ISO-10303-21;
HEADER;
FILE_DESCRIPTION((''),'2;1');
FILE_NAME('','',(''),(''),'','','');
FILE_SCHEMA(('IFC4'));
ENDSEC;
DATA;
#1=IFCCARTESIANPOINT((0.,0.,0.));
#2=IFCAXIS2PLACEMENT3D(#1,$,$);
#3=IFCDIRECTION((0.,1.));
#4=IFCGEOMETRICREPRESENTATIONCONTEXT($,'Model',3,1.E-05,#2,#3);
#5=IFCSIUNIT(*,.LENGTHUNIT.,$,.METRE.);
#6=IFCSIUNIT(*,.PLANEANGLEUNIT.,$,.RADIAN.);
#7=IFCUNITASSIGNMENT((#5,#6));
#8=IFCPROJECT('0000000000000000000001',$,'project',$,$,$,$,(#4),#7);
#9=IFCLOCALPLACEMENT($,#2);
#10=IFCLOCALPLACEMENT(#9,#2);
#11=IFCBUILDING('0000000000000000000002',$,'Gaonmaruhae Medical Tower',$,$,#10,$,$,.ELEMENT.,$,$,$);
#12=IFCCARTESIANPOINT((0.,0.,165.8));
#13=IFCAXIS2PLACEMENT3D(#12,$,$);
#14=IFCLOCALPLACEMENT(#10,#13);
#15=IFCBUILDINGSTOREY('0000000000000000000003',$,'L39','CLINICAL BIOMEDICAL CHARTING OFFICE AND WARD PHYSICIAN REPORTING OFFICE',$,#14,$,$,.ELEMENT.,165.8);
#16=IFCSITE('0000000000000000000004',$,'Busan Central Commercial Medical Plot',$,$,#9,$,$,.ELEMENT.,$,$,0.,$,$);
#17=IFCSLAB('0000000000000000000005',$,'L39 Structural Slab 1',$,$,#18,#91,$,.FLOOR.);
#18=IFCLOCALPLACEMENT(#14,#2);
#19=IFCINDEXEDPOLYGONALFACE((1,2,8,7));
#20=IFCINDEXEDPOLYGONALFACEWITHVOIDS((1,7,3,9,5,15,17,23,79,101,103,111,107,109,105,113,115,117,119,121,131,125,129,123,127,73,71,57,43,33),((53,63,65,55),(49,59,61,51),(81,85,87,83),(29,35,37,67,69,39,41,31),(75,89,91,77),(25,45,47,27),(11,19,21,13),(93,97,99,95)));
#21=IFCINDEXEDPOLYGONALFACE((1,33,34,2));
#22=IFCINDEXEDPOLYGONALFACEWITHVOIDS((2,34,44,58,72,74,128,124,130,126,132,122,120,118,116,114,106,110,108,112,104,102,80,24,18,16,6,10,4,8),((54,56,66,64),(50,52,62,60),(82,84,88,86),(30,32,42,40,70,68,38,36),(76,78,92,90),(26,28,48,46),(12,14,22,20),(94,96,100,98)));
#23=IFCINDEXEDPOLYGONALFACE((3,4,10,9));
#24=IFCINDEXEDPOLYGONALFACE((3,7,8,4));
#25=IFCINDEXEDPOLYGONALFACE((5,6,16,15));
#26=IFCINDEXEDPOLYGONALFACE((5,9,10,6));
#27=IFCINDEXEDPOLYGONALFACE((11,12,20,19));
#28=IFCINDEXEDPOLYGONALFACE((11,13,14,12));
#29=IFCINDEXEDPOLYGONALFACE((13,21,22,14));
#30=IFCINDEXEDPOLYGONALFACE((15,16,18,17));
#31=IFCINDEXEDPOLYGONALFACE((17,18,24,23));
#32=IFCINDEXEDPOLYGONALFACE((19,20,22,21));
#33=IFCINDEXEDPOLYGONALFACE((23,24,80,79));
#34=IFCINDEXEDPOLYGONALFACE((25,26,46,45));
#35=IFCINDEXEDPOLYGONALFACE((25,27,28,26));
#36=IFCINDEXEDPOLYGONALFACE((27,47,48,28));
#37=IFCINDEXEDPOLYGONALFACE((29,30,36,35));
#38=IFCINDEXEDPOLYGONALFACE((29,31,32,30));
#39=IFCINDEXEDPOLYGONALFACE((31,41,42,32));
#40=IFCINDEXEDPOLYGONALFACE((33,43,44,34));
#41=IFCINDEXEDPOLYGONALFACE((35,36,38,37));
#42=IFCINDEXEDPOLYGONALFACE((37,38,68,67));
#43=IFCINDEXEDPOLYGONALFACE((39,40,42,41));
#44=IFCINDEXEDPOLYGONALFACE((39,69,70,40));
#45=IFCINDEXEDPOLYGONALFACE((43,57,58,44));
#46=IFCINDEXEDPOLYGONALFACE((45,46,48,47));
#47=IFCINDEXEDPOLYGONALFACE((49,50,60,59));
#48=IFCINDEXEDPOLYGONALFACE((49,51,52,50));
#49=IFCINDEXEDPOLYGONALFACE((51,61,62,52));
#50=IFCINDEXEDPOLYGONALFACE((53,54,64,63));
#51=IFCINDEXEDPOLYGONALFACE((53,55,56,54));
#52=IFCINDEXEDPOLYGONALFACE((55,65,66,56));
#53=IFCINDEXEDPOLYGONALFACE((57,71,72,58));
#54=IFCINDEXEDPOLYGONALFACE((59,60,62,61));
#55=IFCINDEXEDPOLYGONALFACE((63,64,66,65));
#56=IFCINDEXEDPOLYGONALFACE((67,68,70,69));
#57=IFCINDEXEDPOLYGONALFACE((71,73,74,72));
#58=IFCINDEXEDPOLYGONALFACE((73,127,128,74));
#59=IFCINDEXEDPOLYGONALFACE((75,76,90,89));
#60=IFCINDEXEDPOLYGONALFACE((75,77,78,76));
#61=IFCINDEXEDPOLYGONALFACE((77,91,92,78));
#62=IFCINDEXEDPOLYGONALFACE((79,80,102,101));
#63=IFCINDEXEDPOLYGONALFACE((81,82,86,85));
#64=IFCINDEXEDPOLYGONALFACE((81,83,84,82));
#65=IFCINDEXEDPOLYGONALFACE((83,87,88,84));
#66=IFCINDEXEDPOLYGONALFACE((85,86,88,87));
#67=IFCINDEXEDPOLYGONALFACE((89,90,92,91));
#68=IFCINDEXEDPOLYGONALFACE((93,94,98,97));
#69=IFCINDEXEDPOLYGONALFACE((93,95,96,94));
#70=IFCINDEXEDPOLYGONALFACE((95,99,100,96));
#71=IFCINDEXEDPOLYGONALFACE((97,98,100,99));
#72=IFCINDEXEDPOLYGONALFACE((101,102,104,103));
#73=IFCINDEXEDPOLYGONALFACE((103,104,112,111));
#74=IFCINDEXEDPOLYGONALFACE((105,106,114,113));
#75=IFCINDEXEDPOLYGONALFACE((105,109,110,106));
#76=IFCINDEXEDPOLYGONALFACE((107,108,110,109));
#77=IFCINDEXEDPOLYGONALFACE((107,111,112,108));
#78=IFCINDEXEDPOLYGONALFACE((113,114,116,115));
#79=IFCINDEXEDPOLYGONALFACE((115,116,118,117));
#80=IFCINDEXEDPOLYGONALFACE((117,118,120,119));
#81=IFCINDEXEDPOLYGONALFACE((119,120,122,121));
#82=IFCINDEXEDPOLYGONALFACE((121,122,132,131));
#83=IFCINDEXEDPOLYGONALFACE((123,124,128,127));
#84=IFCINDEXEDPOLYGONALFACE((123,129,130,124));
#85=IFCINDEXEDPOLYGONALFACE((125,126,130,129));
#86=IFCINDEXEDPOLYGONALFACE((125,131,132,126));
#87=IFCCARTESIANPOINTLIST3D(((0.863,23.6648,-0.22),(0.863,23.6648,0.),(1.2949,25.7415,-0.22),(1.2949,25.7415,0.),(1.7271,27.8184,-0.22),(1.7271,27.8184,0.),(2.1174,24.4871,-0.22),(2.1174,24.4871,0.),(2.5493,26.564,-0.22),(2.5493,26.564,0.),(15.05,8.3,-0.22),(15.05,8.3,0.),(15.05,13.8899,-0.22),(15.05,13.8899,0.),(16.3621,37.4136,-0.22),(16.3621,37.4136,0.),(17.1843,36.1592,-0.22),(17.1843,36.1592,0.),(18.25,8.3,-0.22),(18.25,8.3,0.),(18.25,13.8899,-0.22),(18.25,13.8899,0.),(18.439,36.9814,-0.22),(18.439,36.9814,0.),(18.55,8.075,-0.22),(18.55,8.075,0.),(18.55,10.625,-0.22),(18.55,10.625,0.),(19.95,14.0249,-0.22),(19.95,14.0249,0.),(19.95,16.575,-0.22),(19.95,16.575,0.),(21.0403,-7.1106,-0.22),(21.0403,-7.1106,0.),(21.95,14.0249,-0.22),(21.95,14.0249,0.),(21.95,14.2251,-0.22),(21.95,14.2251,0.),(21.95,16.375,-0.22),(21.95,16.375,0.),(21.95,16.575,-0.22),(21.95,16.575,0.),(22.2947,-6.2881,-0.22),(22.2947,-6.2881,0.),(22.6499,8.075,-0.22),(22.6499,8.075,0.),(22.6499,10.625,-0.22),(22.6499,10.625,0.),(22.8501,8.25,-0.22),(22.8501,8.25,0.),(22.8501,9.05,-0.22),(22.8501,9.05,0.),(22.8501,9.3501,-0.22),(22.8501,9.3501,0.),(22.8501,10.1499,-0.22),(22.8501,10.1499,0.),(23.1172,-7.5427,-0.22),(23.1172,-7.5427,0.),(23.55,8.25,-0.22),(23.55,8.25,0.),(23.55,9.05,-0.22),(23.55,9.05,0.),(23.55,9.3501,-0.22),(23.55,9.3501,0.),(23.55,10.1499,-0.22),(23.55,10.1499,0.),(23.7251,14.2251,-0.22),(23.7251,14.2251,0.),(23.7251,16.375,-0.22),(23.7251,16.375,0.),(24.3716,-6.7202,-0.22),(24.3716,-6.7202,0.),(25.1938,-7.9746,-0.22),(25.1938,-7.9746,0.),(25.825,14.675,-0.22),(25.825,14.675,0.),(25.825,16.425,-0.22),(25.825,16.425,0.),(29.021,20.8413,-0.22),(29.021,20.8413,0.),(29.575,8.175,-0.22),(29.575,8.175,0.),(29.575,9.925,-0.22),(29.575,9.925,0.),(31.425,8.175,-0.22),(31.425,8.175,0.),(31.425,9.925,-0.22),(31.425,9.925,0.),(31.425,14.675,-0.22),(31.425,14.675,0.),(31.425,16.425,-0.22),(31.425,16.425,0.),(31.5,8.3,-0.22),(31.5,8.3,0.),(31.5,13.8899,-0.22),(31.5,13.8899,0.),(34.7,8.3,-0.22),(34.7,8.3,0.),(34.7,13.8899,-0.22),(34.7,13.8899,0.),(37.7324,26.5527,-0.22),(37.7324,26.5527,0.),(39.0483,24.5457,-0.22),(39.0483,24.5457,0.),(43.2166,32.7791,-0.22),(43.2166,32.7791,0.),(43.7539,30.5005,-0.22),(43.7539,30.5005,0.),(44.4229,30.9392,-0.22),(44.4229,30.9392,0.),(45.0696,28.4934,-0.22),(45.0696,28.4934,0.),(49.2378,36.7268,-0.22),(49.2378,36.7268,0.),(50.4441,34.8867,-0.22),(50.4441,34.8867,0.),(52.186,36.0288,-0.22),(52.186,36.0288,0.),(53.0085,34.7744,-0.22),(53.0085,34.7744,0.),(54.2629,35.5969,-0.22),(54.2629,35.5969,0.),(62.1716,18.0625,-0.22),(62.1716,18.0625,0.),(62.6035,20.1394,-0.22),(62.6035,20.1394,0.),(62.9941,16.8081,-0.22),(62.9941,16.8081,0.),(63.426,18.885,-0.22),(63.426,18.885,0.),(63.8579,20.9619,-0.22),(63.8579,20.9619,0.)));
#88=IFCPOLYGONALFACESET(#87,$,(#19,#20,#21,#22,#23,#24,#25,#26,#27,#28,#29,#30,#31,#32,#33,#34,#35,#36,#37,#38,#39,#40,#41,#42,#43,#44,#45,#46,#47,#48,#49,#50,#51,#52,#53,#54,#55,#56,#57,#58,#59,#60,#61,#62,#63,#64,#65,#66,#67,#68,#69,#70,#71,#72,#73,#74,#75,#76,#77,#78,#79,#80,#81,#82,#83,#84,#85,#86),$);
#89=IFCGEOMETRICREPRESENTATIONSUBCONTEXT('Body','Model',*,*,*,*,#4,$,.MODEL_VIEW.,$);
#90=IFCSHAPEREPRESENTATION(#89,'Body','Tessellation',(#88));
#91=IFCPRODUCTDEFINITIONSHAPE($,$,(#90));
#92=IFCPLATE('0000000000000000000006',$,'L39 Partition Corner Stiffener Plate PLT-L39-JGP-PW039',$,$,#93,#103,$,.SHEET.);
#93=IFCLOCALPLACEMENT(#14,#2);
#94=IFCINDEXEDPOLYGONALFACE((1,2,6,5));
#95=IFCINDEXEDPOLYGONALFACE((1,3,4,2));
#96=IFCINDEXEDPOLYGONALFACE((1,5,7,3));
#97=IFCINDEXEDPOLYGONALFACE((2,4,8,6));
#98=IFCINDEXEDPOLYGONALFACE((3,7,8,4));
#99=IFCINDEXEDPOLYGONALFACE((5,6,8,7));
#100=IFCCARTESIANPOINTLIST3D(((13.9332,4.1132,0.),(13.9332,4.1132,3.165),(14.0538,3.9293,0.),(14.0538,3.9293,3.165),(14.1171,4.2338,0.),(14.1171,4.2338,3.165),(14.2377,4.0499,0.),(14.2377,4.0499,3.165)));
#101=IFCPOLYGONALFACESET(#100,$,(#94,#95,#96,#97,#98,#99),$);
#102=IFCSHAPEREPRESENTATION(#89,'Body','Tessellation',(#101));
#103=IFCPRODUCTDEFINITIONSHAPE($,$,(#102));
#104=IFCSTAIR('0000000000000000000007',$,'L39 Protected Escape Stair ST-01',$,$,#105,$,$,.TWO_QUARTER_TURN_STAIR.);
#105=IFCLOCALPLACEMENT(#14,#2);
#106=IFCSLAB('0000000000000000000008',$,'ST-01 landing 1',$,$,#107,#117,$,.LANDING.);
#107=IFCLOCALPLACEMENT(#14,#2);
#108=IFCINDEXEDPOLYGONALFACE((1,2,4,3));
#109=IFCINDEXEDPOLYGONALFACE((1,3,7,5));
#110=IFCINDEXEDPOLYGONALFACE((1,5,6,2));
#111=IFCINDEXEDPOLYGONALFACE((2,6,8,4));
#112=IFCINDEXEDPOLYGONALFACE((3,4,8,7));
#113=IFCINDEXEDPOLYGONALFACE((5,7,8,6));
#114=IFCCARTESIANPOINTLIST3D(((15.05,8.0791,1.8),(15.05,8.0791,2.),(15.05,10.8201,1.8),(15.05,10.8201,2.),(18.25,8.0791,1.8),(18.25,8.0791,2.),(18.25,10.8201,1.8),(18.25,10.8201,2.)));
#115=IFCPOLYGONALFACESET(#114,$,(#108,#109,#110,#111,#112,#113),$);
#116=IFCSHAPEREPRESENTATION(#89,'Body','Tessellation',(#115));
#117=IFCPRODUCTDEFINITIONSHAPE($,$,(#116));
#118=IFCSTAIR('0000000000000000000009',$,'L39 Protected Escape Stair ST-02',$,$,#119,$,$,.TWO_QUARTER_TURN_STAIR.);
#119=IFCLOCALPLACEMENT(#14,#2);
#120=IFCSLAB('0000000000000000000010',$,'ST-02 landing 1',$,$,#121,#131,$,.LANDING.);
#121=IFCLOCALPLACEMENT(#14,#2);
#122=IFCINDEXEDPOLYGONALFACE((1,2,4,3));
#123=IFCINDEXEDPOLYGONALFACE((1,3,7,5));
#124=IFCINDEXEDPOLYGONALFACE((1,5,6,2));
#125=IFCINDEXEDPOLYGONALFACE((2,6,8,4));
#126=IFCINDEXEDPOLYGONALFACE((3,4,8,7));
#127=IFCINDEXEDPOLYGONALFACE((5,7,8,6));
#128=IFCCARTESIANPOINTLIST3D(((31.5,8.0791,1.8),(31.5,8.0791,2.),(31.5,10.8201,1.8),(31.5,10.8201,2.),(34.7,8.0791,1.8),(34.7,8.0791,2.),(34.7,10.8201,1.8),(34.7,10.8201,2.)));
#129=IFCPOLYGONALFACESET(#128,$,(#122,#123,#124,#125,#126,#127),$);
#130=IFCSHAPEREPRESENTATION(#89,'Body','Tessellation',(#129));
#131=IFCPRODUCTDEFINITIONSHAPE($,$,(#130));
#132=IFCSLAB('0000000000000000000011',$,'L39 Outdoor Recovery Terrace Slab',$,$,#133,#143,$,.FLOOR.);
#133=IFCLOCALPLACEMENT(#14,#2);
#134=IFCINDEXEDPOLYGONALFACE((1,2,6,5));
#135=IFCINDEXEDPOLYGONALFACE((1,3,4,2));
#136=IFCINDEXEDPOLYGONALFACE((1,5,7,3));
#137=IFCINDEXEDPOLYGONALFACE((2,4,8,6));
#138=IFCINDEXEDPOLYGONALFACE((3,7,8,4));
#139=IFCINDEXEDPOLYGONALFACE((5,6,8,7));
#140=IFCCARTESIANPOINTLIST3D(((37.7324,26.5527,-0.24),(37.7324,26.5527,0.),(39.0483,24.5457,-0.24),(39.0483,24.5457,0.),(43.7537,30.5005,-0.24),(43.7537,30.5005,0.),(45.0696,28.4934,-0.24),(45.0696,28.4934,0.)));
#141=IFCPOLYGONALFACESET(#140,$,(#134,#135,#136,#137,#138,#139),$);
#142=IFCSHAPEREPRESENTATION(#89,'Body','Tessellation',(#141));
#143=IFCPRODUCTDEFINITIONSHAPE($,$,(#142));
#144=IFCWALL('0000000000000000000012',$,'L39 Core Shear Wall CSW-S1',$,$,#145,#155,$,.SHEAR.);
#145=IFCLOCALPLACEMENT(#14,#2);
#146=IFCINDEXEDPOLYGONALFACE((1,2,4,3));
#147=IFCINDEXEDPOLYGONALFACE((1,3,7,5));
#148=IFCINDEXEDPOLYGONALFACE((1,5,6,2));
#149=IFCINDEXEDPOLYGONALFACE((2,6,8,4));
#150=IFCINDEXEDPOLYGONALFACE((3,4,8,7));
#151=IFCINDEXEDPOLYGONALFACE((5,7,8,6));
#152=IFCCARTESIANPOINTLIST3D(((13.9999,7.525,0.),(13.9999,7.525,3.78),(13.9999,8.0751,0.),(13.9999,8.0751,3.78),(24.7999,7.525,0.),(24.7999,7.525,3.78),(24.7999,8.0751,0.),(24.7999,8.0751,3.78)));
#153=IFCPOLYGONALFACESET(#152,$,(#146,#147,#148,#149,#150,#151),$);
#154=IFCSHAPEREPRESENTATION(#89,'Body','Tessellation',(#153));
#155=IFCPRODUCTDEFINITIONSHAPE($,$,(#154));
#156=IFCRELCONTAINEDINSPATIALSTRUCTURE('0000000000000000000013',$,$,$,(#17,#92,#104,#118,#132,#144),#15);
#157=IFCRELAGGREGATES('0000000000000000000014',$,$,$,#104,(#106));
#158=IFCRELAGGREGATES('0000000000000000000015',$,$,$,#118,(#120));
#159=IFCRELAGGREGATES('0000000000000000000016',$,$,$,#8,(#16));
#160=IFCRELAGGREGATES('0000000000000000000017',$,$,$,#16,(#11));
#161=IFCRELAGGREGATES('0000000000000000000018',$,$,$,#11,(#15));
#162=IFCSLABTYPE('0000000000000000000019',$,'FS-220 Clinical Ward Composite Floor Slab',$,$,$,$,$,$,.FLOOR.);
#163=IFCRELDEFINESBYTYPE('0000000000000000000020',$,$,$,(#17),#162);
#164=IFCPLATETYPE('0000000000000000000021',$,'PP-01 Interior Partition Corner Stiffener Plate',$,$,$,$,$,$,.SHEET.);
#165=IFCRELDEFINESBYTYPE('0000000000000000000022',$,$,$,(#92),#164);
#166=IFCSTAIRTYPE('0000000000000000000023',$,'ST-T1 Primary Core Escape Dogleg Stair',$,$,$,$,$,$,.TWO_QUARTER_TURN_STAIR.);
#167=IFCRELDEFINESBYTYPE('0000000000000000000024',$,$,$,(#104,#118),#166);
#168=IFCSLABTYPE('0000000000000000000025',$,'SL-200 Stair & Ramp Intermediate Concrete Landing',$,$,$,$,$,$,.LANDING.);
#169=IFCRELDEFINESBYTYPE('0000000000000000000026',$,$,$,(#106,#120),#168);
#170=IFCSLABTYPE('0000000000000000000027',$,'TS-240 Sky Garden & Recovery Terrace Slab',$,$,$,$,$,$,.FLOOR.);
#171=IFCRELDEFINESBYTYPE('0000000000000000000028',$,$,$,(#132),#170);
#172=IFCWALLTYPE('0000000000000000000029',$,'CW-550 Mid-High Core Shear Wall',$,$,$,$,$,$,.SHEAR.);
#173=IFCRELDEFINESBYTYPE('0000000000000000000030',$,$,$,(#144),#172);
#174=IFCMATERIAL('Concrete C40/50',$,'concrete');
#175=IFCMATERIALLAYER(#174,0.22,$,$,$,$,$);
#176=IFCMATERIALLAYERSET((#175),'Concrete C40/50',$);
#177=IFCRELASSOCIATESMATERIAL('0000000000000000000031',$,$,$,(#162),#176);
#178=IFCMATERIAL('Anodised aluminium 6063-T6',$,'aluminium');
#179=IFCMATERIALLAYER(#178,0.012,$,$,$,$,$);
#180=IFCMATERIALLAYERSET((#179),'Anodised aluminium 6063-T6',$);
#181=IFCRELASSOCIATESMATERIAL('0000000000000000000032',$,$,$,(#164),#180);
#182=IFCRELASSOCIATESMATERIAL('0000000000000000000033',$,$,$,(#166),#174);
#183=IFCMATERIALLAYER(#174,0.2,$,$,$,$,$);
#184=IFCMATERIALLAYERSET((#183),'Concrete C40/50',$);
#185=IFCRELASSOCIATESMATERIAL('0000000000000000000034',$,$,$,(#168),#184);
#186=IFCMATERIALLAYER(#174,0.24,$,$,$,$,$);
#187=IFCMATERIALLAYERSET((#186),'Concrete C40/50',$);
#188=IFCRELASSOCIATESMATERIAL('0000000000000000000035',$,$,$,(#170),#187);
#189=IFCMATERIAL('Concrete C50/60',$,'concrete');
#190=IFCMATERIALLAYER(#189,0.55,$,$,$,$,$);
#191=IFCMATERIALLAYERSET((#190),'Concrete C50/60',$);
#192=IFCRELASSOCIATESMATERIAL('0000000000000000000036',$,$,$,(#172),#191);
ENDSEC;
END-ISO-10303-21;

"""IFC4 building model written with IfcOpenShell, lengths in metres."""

from ifc_helpers import new_model, si_unit, direction, frame, frame_2d, origin, origin_2d, place, context, subcontext, project, spatial, polyline, rectangle, outline, extrude, material, layer, layer_set, type_object, element, aggregate, save


model = new_model("IFC4")

# Units and contexts
model_context = context("Model", 3, precision=1e-05, world=origin(), true_north=direction((0.0, 1.0)))
body_context = subcontext(model_context, "Body", "Model", "MODEL_VIEW")
ifc_project = project(units=[si_unit("LENGTHUNIT", "METRE"), si_unit("PLANEANGLEUNIT", "RADIAN")], contexts=[model_context])

# Site, building, storey
site_placement = place(None, origin())
site = spatial("IfcSite", under=ifc_project, at=site_placement, Name="Busan Central Commercial Medical Plot", CompositionType="ELEMENT", RefElevation=0.0)
building_placement = place(site_placement, origin())
building = spatial("IfcBuilding", under=site, at=building_placement, Name="Gaonmaruhae Medical Tower", CompositionType="ELEMENT")
storey_placement = place(building_placement, frame((0.0, 0.0, 165.8)))
storey = spatial("IfcBuildingStorey", under=building, at=storey_placement, Name="L39", Description="CLINICAL BIOMEDICAL CHARTING OFFICE AND WARD PHYSICIAN REPORTING OFFICE", CompositionType="ELEMENT", Elevation=165.8)

# Shared definitions
ifc_material_1 = material(Name="Concrete C50/60", Category="concrete")

# Slab
ifc_material_2 = material(Name="Concrete C40/50", Category="concrete")
ifc_layer_1 = layer(ifc_material_2, 0.22)
ifc_layer_set_1 = layer_set([ifc_layer_1], Name="Concrete C40/50")
slab_type_1 = type_object("IfcSlabType", Name="FS-220 Clinical Ward Composite Floor Slab", PredefinedType="FLOOR", material=ifc_layer_set_1)
slab_1_placement = place(storey_placement, frame((0.0, 0.0, -0.22)))
element("IfcSlab", 1, at=slab_1_placement, inside=storey, type_object=slab_type_1, Name="L39 Structural Slab 1", PredefinedType="FLOOR", context=body_context, shape_type="SweptSolid", body=[
    extrude(outline(polyline([(53.0085, 34.7744), (54.2629, 35.5969), (63.8579, 20.9619), (62.6035, 20.1394), (63.426, 18.885), (62.1716, 18.0625), (62.9941, 16.8081), (25.1938, -7.9746), (24.3716, -6.7202), (23.1172, -7.5427), (22.2947, -6.2881), (21.0403, -7.1106), (0.863, 23.6648), (2.1174, 24.4871), (1.2949, 25.7415), (2.5493, 26.564), (1.7271, 27.8184), (16.3621, 37.4136), (17.1843, 36.1592), (18.439, 36.9814), (29.021, 20.8413), (37.7324, 26.5527), (39.0483, 24.5457), (45.0696, 28.4934), (43.7539, 30.5005), (44.4229, 30.9392), (43.2166, 32.7791), (49.2378, 36.7268), (50.4441, 34.8867), (52.186, 36.0288), (53.0085, 34.7744)]), holes=[polyline([(23.55, 8.25), (22.8501, 8.25), (22.8501, 9.05), (23.55, 9.05), (23.55, 8.25)]), polyline([(31.425, 9.925), (31.425, 8.175), (29.575, 8.175), (29.575, 9.925), (31.425, 9.925)]), polyline([(22.6499, 10.625), (22.6499, 8.075), (18.55, 8.075), (18.55, 10.625), (22.6499, 10.625)]), polyline([(23.55, 9.3501), (22.8501, 9.3501), (22.8501, 10.1499), (23.55, 10.1499), (23.55, 9.3501)]), polyline([(15.05, 13.8899), (18.25, 13.8899), (18.25, 8.3), (15.05, 8.3), (15.05, 13.8899)]), polyline([(31.5, 13.8899), (34.7, 13.8899), (34.7, 8.3), (31.5, 8.3), (31.5, 13.8899)]), polyline([(21.95, 14.2251), (21.95, 14.0249), (19.95, 14.0249), (19.95, 16.575), (21.95, 16.575), (21.95, 16.375), (23.7251, 16.375), (23.7251, 14.2251), (21.95, 14.2251)]), polyline([(31.425, 16.425), (31.425, 14.675), (25.825, 14.675), (25.825, 16.425), (31.425, 16.425)])]), origin(), (0.0, 0.0, 1.0), 0.22),
])

# Plate
ifc_material_3 = material(Name="Anodised aluminium 6063-T6", Category="aluminium")
ifc_layer_2 = layer(ifc_material_3, 0.012)
ifc_layer_set_2 = layer_set([ifc_layer_2], Name="Anodised aluminium 6063-T6")
plate_type = type_object("IfcPlateType", Name="PP-01 Interior Partition Corner Stiffener Plate", PredefinedType="SHEET", material=ifc_layer_set_2)
plate_placement = place(storey_placement, frame((14.0854, 4.0815, 0.0), z_axis=(0.0, 0.0, 1.0), x_axis=(-0.548366, 0.836238, 0.0)))
element("IfcPlate", 2, at=plate_placement, inside=storey, type_object=plate_type, Name="L39 Partition Corner Stiffener Plate PLT-L39-JGP-PW039", PredefinedType="SHEET", context=body_context, shape_type="SweptSolid", body=[
    extrude(rectangle(XDim=0.22, YDim=0.22, at=origin_2d()), origin(), (0.0, 0.0, 1.0), 3.165),
])

# Stairs, slabs
stair_type = type_object("IfcStairType", Name="ST-T1 Primary Core Escape Dogleg Stair", PredefinedType="TWO_QUARTER_TURN_STAIR", material=ifc_material_2)
stair_1_placement = place(storey_placement, origin())
stair_1 = element("IfcStair", 3, at=stair_1_placement, inside=storey, type_object=stair_type, Name="L39 Protected Escape Stair ST-01", PredefinedType="TWO_QUARTER_TURN_STAIR")
ifc_layer_3 = layer(ifc_material_2, 0.2)
ifc_layer_set_3 = layer_set([ifc_layer_3], Name="Concrete C40/50")
slab_type_2 = type_object("IfcSlabType", Name="SL-200 Stair & Ramp Intermediate Concrete Landing", PredefinedType="LANDING", material=ifc_layer_set_3)
slab_2_placement = place(storey_placement, frame((0.0, 0.0, 1.8)))
slab_2 = element("IfcSlab", 4, at=slab_2_placement, type_object=slab_type_2, Name="ST-01 landing 1", PredefinedType="LANDING", context=body_context, shape_type="SweptSolid", body=[
    extrude(outline(polyline([(15.05, 10.8201), (15.05, 8.0791), (18.25, 8.0791), (18.25, 10.8201), (15.05, 10.8201)])), origin(), (0.0, 0.0, 1.0), 0.2),
])
aggregate(stair_1, [slab_2])
stair_2_placement = place(storey_placement, origin())
stair_2 = element("IfcStair", 5, at=stair_2_placement, inside=storey, type_object=stair_type, Name="L39 Protected Escape Stair ST-02", PredefinedType="TWO_QUARTER_TURN_STAIR")
slab_3_placement = place(storey_placement, frame((0.0, 0.0, 1.8)))
slab_3 = element("IfcSlab", 6, at=slab_3_placement, type_object=slab_type_2, Name="ST-02 landing 1", PredefinedType="LANDING", context=body_context, shape_type="SweptSolid", body=[
    extrude(outline(polyline([(31.5, 10.8201), (31.5, 8.0791), (34.7, 8.0791), (34.7, 10.8201), (31.5, 10.8201)])), origin(), (0.0, 0.0, 1.0), 0.2),
])
aggregate(stair_2, [slab_3])

# Slab
ifc_layer_4 = layer(ifc_material_2, 0.24)
ifc_layer_set_4 = layer_set([ifc_layer_4], Name="Concrete C40/50")
slab_type_3 = type_object("IfcSlabType", Name="TS-240 Sky Garden & Recovery Terrace Slab", PredefinedType="FLOOR", material=ifc_layer_set_4)
slab_4_placement = place(storey_placement, frame((0.0, 0.0, -0.24)))
element("IfcSlab", 7, at=slab_4_placement, inside=storey, type_object=slab_type_3, Name="L39 Outdoor Recovery Terrace Slab", PredefinedType="FLOOR", context=body_context, shape_type="SweptSolid", body=[
    extrude(outline(polyline([(39.0483, 24.5457), (45.0696, 28.4934), (43.7537, 30.5005), (37.7324, 26.5527), (39.0483, 24.5457)])), origin(), (0.0, 0.0, 1.0), 0.24),
])

# Wall
ifc_layer_5 = layer(ifc_material_1, 0.55)
ifc_layer_set_5 = layer_set([ifc_layer_5], Name="Concrete C50/60")
wall_type_1 = type_object("IfcWallType", Name="CW-550 Mid-High Core Shear Wall", PredefinedType="SHEAR", material=ifc_layer_set_5)
wall_1_placement = place(storey_placement, frame((14.0, 7.8, 0.0), z_axis=(0.0, 0.0, 1.0), x_axis=(1.0, 0.0, 0.0)))
element("IfcWall", 8, at=wall_1_placement, inside=storey, type_object=wall_type_1, Name="L39 Core Shear Wall CSW-S1", PredefinedType="SHEAR", context=body_context, shape_type="SweptSolid", body=[
    extrude(rectangle(XDim=10.8, YDim=0.55, at=frame_2d((5.3999, 0.0))), origin(), (0.0, 0.0, 1.0), 3.78),
])

save(model, "model.ifc")
